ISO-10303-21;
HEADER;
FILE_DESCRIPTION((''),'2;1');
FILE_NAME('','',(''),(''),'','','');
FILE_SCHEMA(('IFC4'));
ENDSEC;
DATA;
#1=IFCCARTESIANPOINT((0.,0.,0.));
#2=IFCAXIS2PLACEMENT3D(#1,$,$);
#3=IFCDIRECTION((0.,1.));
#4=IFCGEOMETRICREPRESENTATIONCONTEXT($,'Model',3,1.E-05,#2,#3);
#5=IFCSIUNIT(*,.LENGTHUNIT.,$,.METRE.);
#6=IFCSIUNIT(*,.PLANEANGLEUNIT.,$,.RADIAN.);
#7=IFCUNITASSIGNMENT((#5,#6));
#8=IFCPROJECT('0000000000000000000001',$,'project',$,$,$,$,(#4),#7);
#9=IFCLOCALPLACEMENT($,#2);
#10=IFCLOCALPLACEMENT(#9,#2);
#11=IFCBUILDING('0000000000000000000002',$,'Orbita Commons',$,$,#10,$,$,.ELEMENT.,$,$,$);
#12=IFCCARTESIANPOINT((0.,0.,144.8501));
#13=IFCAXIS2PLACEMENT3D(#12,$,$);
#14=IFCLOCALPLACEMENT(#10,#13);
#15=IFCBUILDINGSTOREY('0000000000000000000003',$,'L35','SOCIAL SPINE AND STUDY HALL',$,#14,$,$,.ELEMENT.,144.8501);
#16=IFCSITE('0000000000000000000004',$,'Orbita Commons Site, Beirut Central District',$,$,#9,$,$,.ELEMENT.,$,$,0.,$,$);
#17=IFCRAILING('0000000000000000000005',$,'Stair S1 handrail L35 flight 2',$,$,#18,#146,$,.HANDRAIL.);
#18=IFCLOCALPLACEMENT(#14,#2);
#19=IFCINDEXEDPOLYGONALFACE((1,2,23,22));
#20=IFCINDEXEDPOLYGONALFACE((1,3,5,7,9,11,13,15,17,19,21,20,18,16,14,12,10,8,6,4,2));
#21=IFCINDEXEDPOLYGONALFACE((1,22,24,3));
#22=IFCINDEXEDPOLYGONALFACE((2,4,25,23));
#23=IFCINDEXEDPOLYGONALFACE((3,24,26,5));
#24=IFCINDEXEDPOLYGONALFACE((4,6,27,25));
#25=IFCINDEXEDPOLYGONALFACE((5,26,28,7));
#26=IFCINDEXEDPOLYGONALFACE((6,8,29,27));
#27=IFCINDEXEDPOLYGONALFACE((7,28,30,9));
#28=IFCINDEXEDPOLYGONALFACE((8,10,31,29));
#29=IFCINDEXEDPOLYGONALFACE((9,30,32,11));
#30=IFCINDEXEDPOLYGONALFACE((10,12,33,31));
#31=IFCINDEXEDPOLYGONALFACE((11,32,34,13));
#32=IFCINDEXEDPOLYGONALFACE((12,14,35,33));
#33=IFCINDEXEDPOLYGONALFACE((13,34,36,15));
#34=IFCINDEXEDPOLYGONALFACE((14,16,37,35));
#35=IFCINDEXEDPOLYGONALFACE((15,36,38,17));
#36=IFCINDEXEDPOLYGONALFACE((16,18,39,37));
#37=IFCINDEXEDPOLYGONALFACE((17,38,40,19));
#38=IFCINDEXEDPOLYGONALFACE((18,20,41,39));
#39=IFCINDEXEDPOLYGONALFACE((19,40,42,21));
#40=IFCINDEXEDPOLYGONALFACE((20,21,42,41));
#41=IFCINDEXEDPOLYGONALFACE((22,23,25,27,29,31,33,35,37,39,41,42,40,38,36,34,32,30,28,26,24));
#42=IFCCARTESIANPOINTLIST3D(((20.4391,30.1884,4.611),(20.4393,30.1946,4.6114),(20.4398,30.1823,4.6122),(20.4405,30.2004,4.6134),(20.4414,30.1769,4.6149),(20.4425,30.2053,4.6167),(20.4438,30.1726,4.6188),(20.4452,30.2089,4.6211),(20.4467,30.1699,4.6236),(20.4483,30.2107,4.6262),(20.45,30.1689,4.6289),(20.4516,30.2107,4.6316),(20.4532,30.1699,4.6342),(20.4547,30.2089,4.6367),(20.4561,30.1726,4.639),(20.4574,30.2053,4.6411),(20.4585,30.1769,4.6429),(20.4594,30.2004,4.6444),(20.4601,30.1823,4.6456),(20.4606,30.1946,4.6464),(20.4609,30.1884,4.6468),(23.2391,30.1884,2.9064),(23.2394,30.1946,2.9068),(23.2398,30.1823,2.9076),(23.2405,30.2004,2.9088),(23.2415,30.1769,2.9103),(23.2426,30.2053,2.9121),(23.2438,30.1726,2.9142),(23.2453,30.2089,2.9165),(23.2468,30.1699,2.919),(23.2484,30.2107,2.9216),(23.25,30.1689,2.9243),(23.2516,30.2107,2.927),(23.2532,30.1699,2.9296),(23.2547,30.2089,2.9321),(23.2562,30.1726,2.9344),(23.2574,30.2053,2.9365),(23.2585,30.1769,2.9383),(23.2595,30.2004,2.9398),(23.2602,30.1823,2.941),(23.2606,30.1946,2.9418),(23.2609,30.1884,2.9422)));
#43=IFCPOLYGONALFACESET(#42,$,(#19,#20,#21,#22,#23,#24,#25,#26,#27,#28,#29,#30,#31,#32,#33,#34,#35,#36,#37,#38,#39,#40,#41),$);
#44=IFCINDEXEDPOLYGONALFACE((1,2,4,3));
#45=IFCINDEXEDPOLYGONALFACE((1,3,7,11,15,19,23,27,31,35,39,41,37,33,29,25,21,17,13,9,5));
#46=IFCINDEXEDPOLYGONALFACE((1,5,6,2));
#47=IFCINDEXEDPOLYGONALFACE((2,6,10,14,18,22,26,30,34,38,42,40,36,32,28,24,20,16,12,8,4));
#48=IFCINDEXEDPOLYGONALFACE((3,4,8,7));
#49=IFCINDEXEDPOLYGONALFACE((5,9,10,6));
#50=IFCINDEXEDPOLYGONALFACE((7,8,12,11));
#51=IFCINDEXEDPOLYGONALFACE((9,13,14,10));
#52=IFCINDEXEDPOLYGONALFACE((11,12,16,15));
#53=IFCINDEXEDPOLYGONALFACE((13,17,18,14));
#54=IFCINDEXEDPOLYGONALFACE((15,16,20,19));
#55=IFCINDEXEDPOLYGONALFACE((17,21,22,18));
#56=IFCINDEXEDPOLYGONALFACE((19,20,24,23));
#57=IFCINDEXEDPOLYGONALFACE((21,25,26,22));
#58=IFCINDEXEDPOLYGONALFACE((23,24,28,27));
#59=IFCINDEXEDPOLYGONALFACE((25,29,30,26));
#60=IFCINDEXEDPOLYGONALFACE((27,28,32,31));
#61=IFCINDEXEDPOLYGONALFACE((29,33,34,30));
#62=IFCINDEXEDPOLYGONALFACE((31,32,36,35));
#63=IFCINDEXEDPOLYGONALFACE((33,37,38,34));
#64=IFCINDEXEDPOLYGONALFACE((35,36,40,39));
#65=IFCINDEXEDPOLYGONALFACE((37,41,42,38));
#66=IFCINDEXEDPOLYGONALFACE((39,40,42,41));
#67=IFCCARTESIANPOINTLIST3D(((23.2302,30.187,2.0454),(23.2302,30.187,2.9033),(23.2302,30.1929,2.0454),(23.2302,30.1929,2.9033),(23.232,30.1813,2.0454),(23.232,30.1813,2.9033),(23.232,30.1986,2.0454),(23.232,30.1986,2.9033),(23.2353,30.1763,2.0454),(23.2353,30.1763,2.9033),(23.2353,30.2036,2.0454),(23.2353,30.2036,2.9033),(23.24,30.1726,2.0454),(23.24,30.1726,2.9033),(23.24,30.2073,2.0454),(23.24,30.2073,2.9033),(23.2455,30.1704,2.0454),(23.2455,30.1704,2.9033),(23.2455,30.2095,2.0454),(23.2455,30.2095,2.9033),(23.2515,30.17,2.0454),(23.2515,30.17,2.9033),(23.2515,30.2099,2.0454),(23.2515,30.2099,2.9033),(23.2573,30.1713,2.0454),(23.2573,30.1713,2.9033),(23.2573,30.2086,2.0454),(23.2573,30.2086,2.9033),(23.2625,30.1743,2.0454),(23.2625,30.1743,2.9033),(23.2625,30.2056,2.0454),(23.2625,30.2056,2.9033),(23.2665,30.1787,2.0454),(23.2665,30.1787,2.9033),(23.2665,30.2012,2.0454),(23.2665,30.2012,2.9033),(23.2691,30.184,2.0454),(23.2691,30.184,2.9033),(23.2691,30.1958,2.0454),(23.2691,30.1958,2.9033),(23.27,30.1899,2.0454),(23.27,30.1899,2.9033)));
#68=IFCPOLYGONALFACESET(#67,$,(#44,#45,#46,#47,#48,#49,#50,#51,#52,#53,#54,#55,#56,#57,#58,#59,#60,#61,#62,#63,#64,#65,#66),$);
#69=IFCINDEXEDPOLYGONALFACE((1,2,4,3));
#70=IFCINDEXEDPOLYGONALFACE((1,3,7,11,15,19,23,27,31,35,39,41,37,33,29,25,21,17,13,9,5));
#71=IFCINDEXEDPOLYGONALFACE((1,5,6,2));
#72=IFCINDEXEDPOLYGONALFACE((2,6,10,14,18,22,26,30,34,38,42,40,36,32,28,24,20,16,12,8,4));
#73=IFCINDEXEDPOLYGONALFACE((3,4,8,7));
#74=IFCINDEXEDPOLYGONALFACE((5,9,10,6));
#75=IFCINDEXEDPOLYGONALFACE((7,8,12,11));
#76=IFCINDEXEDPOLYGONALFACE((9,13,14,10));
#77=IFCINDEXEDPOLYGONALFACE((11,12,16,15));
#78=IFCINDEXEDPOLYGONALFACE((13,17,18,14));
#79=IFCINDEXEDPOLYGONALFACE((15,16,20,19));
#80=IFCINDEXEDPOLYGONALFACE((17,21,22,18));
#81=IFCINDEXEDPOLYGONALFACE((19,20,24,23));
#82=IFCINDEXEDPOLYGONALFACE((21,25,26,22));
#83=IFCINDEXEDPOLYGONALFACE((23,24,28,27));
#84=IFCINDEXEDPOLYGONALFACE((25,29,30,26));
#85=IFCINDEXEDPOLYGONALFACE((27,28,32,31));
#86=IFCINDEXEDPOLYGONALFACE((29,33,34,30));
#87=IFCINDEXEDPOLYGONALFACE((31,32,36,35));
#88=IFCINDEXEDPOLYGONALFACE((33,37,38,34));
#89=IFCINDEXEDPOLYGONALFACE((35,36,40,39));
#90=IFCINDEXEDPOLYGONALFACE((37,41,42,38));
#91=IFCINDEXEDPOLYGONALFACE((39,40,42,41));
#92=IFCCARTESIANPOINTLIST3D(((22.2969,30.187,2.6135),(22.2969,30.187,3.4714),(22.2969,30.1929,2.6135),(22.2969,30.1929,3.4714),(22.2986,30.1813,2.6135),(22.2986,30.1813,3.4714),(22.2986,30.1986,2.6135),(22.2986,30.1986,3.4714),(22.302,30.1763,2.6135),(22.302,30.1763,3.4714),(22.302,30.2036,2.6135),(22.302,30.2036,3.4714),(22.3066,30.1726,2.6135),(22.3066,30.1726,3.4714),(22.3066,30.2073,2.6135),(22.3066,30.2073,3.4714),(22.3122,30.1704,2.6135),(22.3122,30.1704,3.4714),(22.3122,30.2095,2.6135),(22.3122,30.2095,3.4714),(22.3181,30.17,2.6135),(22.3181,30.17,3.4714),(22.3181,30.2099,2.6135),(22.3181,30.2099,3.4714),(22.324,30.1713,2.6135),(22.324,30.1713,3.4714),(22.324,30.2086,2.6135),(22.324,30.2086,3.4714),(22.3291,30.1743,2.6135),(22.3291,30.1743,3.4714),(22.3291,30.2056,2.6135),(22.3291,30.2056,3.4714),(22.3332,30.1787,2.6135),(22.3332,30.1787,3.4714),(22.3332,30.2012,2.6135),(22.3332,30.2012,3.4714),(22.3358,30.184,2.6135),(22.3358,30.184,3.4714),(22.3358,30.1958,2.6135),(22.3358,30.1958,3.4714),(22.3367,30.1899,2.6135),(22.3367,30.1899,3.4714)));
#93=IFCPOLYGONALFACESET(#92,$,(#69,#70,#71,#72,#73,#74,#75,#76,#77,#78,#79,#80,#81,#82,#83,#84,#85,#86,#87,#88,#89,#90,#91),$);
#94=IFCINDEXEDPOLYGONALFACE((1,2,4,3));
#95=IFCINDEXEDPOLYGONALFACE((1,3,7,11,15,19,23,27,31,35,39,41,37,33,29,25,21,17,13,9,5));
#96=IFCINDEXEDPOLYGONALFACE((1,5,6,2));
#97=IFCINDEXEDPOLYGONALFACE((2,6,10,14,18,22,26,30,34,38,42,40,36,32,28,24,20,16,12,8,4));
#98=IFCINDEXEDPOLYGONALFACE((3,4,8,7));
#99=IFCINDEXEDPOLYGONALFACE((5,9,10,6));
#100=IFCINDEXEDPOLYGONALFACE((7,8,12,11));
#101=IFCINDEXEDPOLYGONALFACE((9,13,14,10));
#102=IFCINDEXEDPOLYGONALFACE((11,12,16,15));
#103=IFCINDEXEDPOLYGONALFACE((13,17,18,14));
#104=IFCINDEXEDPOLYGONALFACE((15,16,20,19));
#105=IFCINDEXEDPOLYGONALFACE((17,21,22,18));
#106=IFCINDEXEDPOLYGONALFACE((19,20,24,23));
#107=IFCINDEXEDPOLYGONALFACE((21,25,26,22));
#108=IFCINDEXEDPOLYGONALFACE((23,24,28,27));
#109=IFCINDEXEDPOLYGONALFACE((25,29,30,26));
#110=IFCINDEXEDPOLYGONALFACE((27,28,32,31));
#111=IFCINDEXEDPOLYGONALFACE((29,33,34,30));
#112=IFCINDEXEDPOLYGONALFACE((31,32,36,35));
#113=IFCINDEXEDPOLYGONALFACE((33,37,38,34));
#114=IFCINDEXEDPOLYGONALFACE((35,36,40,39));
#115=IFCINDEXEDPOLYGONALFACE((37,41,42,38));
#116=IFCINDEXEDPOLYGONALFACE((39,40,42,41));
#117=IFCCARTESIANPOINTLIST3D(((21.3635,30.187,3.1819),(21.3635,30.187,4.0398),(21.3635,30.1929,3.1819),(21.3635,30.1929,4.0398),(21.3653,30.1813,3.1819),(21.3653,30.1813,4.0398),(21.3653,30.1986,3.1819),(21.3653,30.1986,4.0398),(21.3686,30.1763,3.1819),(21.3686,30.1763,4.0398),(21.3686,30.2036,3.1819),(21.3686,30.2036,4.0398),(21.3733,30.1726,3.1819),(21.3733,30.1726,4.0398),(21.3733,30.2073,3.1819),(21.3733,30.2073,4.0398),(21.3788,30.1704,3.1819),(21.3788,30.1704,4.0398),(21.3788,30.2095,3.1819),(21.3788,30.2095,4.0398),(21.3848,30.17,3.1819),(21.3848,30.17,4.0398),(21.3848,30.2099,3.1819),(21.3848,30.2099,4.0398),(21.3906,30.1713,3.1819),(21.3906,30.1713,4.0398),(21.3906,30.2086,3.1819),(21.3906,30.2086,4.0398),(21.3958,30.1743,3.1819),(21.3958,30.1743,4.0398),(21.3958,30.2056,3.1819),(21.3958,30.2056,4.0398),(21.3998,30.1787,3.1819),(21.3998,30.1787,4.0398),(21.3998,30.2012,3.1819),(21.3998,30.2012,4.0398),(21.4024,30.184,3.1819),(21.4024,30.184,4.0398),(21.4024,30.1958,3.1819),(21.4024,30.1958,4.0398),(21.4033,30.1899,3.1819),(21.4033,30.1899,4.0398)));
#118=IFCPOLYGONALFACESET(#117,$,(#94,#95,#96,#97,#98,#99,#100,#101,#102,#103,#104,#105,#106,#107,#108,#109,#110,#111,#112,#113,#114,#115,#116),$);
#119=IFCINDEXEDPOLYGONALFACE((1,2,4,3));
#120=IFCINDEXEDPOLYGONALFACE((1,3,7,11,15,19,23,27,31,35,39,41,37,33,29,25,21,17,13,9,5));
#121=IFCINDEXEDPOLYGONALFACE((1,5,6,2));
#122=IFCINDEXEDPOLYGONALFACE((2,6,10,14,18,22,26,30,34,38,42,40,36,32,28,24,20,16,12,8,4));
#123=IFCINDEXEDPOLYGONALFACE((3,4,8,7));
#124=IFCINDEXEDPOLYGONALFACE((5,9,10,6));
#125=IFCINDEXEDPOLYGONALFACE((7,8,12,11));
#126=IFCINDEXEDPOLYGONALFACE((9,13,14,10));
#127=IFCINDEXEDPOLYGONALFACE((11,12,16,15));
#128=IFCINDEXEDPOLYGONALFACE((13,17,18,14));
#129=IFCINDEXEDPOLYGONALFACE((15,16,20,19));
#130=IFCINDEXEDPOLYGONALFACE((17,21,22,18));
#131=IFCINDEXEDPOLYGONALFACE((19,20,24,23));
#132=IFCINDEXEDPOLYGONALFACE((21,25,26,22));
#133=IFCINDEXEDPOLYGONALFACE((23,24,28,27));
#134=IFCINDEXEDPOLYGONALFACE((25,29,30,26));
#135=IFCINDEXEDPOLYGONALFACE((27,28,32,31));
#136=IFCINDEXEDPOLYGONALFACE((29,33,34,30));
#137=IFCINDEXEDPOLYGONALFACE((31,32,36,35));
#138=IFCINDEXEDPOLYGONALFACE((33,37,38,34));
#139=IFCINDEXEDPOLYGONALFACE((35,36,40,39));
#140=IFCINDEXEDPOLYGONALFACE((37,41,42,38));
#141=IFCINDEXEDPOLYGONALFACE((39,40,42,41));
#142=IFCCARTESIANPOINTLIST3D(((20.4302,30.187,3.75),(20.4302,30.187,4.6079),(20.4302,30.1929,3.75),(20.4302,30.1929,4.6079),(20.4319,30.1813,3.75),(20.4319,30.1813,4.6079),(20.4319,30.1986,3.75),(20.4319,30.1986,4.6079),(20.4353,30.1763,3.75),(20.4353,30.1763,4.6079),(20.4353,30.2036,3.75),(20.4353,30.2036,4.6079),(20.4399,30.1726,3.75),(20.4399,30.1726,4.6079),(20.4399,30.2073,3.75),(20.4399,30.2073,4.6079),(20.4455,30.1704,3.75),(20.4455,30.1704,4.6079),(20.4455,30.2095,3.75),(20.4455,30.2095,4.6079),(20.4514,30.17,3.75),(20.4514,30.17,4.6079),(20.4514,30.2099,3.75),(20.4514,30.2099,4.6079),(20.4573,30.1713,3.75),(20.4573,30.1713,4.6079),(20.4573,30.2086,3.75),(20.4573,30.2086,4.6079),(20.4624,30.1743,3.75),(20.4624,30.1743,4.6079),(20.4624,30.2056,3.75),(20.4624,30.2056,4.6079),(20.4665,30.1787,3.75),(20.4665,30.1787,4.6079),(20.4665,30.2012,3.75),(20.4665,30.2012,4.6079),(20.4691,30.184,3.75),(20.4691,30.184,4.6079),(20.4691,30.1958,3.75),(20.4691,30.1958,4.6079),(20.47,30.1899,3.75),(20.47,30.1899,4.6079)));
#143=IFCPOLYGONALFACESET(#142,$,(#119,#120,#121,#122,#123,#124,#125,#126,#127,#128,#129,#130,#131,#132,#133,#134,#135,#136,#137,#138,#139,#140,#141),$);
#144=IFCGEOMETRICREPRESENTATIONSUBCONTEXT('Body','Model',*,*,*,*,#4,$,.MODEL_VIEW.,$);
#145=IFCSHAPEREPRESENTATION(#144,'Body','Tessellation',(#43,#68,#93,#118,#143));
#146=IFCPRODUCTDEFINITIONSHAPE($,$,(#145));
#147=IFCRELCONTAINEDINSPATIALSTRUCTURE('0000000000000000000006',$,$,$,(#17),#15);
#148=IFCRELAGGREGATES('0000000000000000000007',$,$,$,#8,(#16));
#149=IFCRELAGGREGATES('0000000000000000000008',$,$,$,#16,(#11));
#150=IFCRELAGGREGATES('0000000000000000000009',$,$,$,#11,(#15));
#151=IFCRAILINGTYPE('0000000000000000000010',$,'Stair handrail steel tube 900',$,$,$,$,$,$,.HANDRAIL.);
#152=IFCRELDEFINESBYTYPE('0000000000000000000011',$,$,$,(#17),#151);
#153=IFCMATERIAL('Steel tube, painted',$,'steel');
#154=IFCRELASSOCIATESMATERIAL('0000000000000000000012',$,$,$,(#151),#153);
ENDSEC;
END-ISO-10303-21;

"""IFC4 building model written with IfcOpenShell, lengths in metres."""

from ifc_helpers import new_model, si_unit, direction, frame, origin, origin_2d, place, context, subcontext, project, spatial, circle, extrude, material, type_object, element, save


model = new_model("IFC4")

# Units and contexts
model_context = context("Model", 3, precision=1e-05, world=origin(), true_north=direction((0.0, 1.0)))
body_context = subcontext(model_context, "Body", "Model", "MODEL_VIEW")
ifc_project = project(units=[si_unit("LENGTHUNIT", "METRE"), si_unit("PLANEANGLEUNIT", "RADIAN")], contexts=[model_context])

# Site, building, storey
site_placement = place(None, origin())
site = spatial("IfcSite", under=ifc_project, at=site_placement, Name="Orbita Commons Site, Beirut Central District", CompositionType="ELEMENT", RefElevation=0.0)
building_placement = place(site_placement, origin())
building = spatial("IfcBuilding", under=site, at=building_placement, Name="Orbita Commons", CompositionType="ELEMENT")
storey_placement = place(building_placement, frame((0.0, 0.0, 144.8501)))
storey = spatial("IfcBuildingStorey", under=building, at=storey_placement, Name="L35", Description="SOCIAL SPINE AND STUDY HALL", CompositionType="ELEMENT", Elevation=144.8501)

# Railing
ifc_material_1 = material(Name="Steel tube, painted", Category="steel")
railing_type = type_object("IfcRailingType", Name="Stair handrail steel tube 900", PredefinedType="HANDRAIL", material=ifc_material_1)
railing_placement = place(storey_placement, frame((23.25, 30.1899, 2.0454)))
element("IfcRailing", 1, at=railing_placement, inside=storey, type_object=railing_type, Name="Stair S1 handrail L35 flight 2", PredefinedType="HANDRAIL", context=body_context, shape_type="SweptSolid", body=[
    extrude(circle(Radius=0.021, at=origin_2d()), frame((0.0, 0.0, 0.8789), z_axis=(-0.85417, 0.0, 0.519994), x_axis=(0.0, -1.0, 0.0)), (0.0, 0.0, 1.0), 3.2781),
    extrude(circle(Radius=0.02, at=origin_2d()), origin(), (0.0, 0.0, 1.0), 0.8579),
    extrude(circle(Radius=0.02, at=origin_2d()), frame((-0.9333, 0.0, 0.5681)), (0.0, 0.0, 1.0), 0.8579),
    extrude(circle(Radius=0.02, at=origin_2d()), frame((-1.8667, 0.0, 1.1365)), (0.0, 0.0, 1.0), 0.8579),
    extrude(circle(Radius=0.02, at=origin_2d()), frame((-2.8, 0.0, 1.7046)), (0.0, 0.0, 1.0), 0.8579),
])

save(model, "model.ifc")
